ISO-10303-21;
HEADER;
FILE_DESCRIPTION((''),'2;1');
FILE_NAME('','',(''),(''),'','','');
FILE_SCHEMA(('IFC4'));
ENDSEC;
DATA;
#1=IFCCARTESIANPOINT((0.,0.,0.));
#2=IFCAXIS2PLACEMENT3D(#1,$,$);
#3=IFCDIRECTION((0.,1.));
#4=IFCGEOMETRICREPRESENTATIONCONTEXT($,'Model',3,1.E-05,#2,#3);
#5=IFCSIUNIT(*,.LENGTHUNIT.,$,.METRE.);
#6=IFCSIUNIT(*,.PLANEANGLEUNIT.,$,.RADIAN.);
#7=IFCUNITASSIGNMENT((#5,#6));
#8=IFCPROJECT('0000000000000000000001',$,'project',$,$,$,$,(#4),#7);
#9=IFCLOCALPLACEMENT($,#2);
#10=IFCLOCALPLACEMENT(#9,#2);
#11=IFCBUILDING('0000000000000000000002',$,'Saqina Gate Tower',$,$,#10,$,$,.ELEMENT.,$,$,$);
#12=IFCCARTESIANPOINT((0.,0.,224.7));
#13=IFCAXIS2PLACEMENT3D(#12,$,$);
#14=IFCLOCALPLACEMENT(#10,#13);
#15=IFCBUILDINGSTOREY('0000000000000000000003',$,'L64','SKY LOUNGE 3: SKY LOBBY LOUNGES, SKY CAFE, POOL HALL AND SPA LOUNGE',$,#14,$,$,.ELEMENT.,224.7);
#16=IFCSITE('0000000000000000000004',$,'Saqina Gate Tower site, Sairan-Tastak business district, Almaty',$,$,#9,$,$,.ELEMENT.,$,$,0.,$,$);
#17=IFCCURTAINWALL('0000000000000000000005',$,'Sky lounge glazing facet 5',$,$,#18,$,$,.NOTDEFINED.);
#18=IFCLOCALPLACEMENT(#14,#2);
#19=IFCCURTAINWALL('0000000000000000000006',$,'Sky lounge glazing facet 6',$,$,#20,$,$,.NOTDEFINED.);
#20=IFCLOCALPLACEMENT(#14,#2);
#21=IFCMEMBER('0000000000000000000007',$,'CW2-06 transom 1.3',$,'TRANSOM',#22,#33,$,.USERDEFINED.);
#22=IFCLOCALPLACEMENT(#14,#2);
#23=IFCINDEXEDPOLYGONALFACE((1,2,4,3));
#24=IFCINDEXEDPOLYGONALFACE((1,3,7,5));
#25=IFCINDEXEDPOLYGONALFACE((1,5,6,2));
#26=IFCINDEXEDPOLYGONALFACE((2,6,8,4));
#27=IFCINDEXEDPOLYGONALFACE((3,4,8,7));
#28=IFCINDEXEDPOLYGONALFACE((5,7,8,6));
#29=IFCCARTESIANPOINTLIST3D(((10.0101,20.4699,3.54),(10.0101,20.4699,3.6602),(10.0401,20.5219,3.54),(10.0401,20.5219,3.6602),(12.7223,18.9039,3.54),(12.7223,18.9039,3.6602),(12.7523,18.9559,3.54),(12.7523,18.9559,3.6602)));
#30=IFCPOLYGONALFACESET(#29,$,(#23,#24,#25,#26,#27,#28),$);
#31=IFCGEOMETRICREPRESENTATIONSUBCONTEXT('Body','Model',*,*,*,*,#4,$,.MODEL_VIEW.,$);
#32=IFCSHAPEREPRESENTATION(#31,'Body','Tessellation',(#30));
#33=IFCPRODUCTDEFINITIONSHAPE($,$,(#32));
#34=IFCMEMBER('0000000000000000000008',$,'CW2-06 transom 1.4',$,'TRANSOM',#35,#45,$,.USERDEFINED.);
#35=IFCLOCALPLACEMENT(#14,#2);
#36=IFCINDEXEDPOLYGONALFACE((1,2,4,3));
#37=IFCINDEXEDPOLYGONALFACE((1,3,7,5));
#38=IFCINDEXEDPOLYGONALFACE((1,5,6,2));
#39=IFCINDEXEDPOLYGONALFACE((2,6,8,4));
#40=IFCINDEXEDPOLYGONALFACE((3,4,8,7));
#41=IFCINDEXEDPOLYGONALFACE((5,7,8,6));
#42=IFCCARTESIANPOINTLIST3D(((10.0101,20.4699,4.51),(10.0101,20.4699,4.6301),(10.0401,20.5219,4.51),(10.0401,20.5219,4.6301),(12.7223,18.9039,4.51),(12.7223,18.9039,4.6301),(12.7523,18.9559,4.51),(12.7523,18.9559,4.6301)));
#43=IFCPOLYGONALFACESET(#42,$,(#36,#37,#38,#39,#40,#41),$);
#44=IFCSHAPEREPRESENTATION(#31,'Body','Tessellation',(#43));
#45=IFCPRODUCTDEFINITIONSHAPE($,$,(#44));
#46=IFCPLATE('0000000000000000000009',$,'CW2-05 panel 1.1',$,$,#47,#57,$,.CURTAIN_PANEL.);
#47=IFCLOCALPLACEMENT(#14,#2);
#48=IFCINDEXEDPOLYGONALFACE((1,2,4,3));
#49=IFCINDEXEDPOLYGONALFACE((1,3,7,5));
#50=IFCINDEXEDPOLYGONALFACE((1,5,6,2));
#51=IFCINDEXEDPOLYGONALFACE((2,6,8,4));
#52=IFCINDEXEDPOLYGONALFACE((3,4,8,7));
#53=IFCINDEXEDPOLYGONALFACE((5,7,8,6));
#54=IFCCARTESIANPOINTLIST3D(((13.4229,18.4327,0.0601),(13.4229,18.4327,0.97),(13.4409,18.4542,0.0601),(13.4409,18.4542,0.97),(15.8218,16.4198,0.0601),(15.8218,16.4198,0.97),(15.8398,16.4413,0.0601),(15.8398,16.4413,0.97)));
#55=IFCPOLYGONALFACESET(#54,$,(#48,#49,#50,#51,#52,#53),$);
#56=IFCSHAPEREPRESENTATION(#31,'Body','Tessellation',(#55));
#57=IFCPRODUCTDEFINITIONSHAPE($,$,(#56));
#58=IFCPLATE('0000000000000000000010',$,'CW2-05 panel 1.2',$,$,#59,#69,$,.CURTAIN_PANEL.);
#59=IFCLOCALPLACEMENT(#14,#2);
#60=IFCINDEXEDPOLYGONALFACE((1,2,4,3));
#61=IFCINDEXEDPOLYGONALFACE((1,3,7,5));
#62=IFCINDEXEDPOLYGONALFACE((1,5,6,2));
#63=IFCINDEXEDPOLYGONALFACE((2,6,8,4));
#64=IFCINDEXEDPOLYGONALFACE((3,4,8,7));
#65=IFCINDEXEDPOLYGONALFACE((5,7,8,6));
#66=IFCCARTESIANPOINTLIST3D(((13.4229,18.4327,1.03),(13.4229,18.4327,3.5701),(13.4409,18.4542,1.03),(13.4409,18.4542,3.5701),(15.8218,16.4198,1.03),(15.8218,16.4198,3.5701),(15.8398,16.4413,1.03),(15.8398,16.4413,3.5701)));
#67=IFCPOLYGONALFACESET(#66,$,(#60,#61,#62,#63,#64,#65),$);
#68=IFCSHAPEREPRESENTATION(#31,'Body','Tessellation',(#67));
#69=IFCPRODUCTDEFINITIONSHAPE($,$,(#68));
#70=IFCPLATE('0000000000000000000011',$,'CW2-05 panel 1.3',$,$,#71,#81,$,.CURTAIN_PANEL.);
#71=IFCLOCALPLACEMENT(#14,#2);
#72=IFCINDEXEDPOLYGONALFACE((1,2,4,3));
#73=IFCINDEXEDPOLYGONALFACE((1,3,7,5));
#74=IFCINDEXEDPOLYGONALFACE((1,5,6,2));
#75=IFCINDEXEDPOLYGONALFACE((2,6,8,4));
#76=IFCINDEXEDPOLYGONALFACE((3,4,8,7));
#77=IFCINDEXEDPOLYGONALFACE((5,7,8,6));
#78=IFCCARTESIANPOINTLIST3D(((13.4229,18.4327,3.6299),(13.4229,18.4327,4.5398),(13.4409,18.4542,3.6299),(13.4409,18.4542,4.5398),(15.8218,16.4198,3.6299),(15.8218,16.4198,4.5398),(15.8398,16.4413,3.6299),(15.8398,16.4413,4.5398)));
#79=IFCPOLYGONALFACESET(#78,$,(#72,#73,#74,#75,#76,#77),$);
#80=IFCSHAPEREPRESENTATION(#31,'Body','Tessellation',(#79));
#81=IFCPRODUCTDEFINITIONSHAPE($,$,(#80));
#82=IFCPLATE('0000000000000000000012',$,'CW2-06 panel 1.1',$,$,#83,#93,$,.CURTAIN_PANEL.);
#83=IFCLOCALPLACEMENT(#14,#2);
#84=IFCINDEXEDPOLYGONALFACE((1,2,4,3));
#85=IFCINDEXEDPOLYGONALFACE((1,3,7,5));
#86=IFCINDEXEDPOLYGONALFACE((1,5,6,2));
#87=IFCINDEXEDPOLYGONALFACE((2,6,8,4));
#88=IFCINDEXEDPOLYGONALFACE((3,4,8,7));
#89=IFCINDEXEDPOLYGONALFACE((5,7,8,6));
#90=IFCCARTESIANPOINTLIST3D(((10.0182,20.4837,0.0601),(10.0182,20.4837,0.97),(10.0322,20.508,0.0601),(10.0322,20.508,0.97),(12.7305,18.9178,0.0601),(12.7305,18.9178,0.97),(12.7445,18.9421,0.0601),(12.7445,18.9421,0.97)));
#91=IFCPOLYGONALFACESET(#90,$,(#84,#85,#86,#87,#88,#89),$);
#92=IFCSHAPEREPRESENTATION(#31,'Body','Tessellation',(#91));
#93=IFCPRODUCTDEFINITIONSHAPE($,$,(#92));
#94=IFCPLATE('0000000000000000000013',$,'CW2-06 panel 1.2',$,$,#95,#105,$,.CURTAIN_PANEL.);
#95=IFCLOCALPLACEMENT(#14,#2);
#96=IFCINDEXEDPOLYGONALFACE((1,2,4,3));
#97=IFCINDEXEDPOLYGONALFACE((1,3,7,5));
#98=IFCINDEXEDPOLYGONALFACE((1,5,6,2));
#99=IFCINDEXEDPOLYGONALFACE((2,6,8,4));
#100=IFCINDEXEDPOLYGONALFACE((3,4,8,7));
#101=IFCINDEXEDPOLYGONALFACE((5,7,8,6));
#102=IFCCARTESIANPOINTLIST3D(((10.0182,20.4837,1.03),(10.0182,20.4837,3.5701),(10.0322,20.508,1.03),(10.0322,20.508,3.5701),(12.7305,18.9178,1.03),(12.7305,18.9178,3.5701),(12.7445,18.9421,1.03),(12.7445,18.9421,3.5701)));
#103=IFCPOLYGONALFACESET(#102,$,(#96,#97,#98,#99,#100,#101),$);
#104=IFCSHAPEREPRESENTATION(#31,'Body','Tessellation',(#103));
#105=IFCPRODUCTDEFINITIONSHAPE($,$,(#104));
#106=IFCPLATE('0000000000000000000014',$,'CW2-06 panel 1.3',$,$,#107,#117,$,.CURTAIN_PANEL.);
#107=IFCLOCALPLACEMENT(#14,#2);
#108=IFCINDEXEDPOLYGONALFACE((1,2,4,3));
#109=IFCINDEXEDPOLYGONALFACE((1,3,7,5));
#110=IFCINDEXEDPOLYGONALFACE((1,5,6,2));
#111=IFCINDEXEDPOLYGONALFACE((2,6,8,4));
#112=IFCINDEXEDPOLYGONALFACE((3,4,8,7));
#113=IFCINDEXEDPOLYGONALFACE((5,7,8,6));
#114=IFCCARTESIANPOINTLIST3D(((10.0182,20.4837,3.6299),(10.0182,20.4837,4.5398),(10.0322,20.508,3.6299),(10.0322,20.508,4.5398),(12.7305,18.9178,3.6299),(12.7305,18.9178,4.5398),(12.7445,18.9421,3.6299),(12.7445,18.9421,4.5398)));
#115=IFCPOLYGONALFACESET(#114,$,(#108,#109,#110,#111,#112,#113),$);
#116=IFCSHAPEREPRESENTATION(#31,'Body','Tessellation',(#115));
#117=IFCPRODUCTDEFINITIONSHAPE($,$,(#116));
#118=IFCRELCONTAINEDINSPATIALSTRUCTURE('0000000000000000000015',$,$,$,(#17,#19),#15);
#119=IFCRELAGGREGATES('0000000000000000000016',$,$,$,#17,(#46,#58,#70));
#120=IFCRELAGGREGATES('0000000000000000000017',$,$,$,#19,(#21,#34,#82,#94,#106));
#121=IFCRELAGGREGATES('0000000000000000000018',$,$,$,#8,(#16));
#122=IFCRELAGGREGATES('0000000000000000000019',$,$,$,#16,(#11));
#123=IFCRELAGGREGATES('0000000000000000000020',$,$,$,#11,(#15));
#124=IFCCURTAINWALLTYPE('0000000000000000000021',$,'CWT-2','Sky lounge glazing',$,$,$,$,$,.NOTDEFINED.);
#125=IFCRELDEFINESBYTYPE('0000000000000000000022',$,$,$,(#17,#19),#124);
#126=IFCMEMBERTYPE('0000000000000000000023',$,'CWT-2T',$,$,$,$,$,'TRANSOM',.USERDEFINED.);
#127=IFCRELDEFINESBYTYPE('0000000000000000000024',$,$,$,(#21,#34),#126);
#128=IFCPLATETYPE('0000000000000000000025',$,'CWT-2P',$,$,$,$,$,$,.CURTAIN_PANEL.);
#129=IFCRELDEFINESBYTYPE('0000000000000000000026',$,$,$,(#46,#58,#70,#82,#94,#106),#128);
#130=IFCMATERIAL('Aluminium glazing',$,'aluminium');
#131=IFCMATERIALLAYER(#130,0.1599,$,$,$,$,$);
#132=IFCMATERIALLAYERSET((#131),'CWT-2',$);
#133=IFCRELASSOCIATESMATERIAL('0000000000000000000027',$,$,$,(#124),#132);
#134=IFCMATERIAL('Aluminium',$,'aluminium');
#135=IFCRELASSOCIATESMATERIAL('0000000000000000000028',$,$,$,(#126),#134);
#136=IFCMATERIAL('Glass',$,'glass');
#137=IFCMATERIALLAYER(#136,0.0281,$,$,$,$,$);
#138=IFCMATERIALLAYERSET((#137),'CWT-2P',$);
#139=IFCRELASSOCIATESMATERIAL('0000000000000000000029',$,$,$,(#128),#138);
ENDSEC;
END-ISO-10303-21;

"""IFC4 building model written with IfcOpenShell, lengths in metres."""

from ifc_helpers import new_model, si_unit, direction, frame, origin, origin_2d, place, context, subcontext, project, spatial, rectangle, extrude, material, layer, layer_set, material_profile, profile_set, type_object, element, aggregate, save


model = new_model("IFC4")

# Units and contexts
model_context = context("Model", 3, precision=1e-05, world=origin(), true_north=direction((0.0, 1.0)))
body_context = subcontext(model_context, "Body", "Model", "MODEL_VIEW")
ifc_project = project(units=[si_unit("LENGTHUNIT", "METRE"), si_unit("PLANEANGLEUNIT", "RADIAN")], contexts=[model_context])

# Site, building, storey
site_placement = place(None, origin())
site = spatial("IfcSite", under=ifc_project, at=site_placement, Name="Saqina Gate Tower site, Sairan-Tastak business district, Almaty", CompositionType="ELEMENT", RefElevation=0.0)
building_placement = place(site_placement, origin())
building = spatial("IfcBuilding", under=site, at=building_placement, Name="Saqina Gate Tower", CompositionType="ELEMENT")
storey_placement = place(building_placement, frame((0.0, 0.0, 224.7)))
storey = spatial("IfcBuildingStorey", under=building, at=storey_placement, Name="L64", Description="SKY LOUNGE 3: SKY LOBBY LOUNGES, SKY CAFE, POOL HALL AND SPA LOUNGE", CompositionType="ELEMENT", Elevation=224.7)

# Shared definitions
ifc_material_1 = material(Name="Aluminium glazing", Category="aluminium")
ifc_layer_1 = layer(ifc_material_1, 0.1599)
ifc_layer_set_1 = layer_set([ifc_layer_1], Name="CWT-2")
curtain_wall_type = type_object("IfcCurtainWallType", Name="CWT-2", Description="Sky lounge glazing", PredefinedType="NOTDEFINED", material=ifc_layer_set_1)

# Curtain walls
curtain_wall_1_placement = place(storey_placement, origin())
curtain_wall_1 = element("IfcCurtainWall", 1, at=curtain_wall_1_placement, inside=storey, type_object=curtain_wall_type, Name="Sky lounge glazing facet 5", PredefinedType="NOTDEFINED")
curtain_wall_2_placement = place(storey_placement, origin())
curtain_wall_2 = element("IfcCurtainWall", 2, at=curtain_wall_2_placement, inside=storey, type_object=curtain_wall_type, Name="Sky lounge glazing facet 6", PredefinedType="NOTDEFINED")

# Members
ifc_material_2 = material(Name="Aluminium", Category="aluminium")
ifc_material_profile_1 = material_profile(ifc_material_2, rectangle(XDim=0.0601, YDim=0.1201, at=origin_2d()), Name="Aluminium 60x120")
ifc_profile_set_1 = profile_set([ifc_material_profile_1], Name="Aluminium")
member_type_1 = type_object("IfcMemberType", Name="CWT-2T", ElementType="TRANSOM", PredefinedType="USERDEFINED", material=ifc_profile_set_1)
member_1_placement = place(storey_placement, frame((12.7373, 18.9299, 3.6001), z_axis=(-0.866018, 0.500013, 0.0), x_axis=(-0.500013, -0.866018, 0.0)))
member_1 = element("IfcMember", 3, at=member_1_placement, type_object=member_type_1, Name="CW2-06 transom 1.3", ObjectType="TRANSOM", PredefinedType="USERDEFINED", context=body_context, shape_type="SweptSolid", body=[
    extrude(rectangle(XDim=0.0601, YDim=0.1201, at=origin_2d()), origin(), (0.0, 0.0, 1.0), 3.1318),
])
member_2_placement = place(storey_placement, frame((12.7373, 18.9299, 4.5701), z_axis=(-0.866018, 0.500013, 0.0), x_axis=(-0.500013, -0.866018, 0.0)))
member_2 = element("IfcMember", 4, at=member_2_placement, type_object=member_type_1, Name="CW2-06 transom 1.4", ObjectType="TRANSOM", PredefinedType="USERDEFINED", context=body_context, shape_type="SweptSolid", body=[
    extrude(rectangle(XDim=0.0601, YDim=0.1201, at=origin_2d()), origin(), (0.0, 0.0, 1.0), 3.1318),
])

# Plates
ifc_material_3 = material(Name="Glass", Category="glass")
ifc_layer_2 = layer(ifc_material_3, 0.0281)
ifc_layer_set_2 = layer_set([ifc_layer_2], Name="CWT-2P")
plate_type = type_object("IfcPlateType", Name="CWT-2P", PredefinedType="CURTAIN_PANEL", material=ifc_layer_set_2)
plate_1_placement = place(storey_placement, frame((14.6313, 17.437, 0.0601), z_axis=(0.0, 0.0, 1.0), x_axis=(-0.766046, 0.642785, 0.0)))
plate_1 = element("IfcPlate", 5, at=plate_1_placement, type_object=plate_type, Name="CW2-05 panel 1.1", PredefinedType="CURTAIN_PANEL", context=body_context, shape_type="SweptSolid", body=[
    extrude(rectangle(XDim=3.1316, YDim=0.0281, at=origin_2d()), origin(), (0.0, 0.0, 1.0), 0.9099),
])
plate_2_placement = place(storey_placement, frame((14.6313, 17.437, 1.03), z_axis=(0.0, 0.0, 1.0), x_axis=(-0.766046, 0.642785, 0.0)))
plate_2 = element("IfcPlate", 6, at=plate_2_placement, type_object=plate_type, Name="CW2-05 panel 1.2", PredefinedType="CURTAIN_PANEL", context=body_context, shape_type="SweptSolid", body=[
    extrude(rectangle(XDim=3.1316, YDim=0.0281, at=origin_2d()), origin(), (0.0, 0.0, 1.0), 2.54),
])
plate_3_placement = place(storey_placement, frame((14.6313, 17.437, 3.6299), z_axis=(0.0, 0.0, 1.0), x_axis=(-0.766046, 0.642785, 0.0)))
plate_3 = element("IfcPlate", 7, at=plate_3_placement, type_object=plate_type, Name="CW2-05 panel 1.3", PredefinedType="CURTAIN_PANEL", context=body_context, shape_type="SweptSolid", body=[
    extrude(rectangle(XDim=3.1316, YDim=0.0281, at=origin_2d()), origin(), (0.0, 0.0, 1.0), 0.9099),
])
aggregate(curtain_wall_1, [plate_1, plate_2, plate_3])
plate_4_placement = place(storey_placement, frame((11.3813, 19.7129, 0.0601), z_axis=(0.0, 0.0, 1.0), x_axis=(-0.866036, 0.499982, 0.0)))
plate_4 = element("IfcPlate", 8, at=plate_4_placement, type_object=plate_type, Name="CW2-06 panel 1.1", PredefinedType="CURTAIN_PANEL", context=body_context, shape_type="SweptSolid", body=[
    extrude(rectangle(XDim=3.1318, YDim=0.0281, at=origin_2d()), origin(), (0.0, 0.0, 1.0), 0.9099),
])
plate_5_placement = place(storey_placement, frame((11.3813, 19.7129, 1.03), z_axis=(0.0, 0.0, 1.0), x_axis=(-0.866036, 0.499982, 0.0)))
plate_5 = element("IfcPlate", 9, at=plate_5_placement, type_object=plate_type, Name="CW2-06 panel 1.2", PredefinedType="CURTAIN_PANEL", context=body_context, shape_type="SweptSolid", body=[
    extrude(rectangle(XDim=3.1318, YDim=0.0281, at=origin_2d()), origin(), (0.0, 0.0, 1.0), 2.54),
])
plate_6_placement = place(storey_placement, frame((11.3813, 19.7129, 3.6299), z_axis=(0.0, 0.0, 1.0), x_axis=(-0.866036, 0.499982, 0.0)))
plate_6 = element("IfcPlate", 10, at=plate_6_placement, type_object=plate_type, Name="CW2-06 panel 1.3", PredefinedType="CURTAIN_PANEL", context=body_context, shape_type="SweptSolid", body=[
    extrude(rectangle(XDim=3.1318, YDim=0.0281, at=origin_2d()), origin(), (0.0, 0.0, 1.0), 0.9099),
])
aggregate(curtain_wall_2, [member_1, member_2, plate_4, plate_5, plate_6])

save(model, "model.ifc")
